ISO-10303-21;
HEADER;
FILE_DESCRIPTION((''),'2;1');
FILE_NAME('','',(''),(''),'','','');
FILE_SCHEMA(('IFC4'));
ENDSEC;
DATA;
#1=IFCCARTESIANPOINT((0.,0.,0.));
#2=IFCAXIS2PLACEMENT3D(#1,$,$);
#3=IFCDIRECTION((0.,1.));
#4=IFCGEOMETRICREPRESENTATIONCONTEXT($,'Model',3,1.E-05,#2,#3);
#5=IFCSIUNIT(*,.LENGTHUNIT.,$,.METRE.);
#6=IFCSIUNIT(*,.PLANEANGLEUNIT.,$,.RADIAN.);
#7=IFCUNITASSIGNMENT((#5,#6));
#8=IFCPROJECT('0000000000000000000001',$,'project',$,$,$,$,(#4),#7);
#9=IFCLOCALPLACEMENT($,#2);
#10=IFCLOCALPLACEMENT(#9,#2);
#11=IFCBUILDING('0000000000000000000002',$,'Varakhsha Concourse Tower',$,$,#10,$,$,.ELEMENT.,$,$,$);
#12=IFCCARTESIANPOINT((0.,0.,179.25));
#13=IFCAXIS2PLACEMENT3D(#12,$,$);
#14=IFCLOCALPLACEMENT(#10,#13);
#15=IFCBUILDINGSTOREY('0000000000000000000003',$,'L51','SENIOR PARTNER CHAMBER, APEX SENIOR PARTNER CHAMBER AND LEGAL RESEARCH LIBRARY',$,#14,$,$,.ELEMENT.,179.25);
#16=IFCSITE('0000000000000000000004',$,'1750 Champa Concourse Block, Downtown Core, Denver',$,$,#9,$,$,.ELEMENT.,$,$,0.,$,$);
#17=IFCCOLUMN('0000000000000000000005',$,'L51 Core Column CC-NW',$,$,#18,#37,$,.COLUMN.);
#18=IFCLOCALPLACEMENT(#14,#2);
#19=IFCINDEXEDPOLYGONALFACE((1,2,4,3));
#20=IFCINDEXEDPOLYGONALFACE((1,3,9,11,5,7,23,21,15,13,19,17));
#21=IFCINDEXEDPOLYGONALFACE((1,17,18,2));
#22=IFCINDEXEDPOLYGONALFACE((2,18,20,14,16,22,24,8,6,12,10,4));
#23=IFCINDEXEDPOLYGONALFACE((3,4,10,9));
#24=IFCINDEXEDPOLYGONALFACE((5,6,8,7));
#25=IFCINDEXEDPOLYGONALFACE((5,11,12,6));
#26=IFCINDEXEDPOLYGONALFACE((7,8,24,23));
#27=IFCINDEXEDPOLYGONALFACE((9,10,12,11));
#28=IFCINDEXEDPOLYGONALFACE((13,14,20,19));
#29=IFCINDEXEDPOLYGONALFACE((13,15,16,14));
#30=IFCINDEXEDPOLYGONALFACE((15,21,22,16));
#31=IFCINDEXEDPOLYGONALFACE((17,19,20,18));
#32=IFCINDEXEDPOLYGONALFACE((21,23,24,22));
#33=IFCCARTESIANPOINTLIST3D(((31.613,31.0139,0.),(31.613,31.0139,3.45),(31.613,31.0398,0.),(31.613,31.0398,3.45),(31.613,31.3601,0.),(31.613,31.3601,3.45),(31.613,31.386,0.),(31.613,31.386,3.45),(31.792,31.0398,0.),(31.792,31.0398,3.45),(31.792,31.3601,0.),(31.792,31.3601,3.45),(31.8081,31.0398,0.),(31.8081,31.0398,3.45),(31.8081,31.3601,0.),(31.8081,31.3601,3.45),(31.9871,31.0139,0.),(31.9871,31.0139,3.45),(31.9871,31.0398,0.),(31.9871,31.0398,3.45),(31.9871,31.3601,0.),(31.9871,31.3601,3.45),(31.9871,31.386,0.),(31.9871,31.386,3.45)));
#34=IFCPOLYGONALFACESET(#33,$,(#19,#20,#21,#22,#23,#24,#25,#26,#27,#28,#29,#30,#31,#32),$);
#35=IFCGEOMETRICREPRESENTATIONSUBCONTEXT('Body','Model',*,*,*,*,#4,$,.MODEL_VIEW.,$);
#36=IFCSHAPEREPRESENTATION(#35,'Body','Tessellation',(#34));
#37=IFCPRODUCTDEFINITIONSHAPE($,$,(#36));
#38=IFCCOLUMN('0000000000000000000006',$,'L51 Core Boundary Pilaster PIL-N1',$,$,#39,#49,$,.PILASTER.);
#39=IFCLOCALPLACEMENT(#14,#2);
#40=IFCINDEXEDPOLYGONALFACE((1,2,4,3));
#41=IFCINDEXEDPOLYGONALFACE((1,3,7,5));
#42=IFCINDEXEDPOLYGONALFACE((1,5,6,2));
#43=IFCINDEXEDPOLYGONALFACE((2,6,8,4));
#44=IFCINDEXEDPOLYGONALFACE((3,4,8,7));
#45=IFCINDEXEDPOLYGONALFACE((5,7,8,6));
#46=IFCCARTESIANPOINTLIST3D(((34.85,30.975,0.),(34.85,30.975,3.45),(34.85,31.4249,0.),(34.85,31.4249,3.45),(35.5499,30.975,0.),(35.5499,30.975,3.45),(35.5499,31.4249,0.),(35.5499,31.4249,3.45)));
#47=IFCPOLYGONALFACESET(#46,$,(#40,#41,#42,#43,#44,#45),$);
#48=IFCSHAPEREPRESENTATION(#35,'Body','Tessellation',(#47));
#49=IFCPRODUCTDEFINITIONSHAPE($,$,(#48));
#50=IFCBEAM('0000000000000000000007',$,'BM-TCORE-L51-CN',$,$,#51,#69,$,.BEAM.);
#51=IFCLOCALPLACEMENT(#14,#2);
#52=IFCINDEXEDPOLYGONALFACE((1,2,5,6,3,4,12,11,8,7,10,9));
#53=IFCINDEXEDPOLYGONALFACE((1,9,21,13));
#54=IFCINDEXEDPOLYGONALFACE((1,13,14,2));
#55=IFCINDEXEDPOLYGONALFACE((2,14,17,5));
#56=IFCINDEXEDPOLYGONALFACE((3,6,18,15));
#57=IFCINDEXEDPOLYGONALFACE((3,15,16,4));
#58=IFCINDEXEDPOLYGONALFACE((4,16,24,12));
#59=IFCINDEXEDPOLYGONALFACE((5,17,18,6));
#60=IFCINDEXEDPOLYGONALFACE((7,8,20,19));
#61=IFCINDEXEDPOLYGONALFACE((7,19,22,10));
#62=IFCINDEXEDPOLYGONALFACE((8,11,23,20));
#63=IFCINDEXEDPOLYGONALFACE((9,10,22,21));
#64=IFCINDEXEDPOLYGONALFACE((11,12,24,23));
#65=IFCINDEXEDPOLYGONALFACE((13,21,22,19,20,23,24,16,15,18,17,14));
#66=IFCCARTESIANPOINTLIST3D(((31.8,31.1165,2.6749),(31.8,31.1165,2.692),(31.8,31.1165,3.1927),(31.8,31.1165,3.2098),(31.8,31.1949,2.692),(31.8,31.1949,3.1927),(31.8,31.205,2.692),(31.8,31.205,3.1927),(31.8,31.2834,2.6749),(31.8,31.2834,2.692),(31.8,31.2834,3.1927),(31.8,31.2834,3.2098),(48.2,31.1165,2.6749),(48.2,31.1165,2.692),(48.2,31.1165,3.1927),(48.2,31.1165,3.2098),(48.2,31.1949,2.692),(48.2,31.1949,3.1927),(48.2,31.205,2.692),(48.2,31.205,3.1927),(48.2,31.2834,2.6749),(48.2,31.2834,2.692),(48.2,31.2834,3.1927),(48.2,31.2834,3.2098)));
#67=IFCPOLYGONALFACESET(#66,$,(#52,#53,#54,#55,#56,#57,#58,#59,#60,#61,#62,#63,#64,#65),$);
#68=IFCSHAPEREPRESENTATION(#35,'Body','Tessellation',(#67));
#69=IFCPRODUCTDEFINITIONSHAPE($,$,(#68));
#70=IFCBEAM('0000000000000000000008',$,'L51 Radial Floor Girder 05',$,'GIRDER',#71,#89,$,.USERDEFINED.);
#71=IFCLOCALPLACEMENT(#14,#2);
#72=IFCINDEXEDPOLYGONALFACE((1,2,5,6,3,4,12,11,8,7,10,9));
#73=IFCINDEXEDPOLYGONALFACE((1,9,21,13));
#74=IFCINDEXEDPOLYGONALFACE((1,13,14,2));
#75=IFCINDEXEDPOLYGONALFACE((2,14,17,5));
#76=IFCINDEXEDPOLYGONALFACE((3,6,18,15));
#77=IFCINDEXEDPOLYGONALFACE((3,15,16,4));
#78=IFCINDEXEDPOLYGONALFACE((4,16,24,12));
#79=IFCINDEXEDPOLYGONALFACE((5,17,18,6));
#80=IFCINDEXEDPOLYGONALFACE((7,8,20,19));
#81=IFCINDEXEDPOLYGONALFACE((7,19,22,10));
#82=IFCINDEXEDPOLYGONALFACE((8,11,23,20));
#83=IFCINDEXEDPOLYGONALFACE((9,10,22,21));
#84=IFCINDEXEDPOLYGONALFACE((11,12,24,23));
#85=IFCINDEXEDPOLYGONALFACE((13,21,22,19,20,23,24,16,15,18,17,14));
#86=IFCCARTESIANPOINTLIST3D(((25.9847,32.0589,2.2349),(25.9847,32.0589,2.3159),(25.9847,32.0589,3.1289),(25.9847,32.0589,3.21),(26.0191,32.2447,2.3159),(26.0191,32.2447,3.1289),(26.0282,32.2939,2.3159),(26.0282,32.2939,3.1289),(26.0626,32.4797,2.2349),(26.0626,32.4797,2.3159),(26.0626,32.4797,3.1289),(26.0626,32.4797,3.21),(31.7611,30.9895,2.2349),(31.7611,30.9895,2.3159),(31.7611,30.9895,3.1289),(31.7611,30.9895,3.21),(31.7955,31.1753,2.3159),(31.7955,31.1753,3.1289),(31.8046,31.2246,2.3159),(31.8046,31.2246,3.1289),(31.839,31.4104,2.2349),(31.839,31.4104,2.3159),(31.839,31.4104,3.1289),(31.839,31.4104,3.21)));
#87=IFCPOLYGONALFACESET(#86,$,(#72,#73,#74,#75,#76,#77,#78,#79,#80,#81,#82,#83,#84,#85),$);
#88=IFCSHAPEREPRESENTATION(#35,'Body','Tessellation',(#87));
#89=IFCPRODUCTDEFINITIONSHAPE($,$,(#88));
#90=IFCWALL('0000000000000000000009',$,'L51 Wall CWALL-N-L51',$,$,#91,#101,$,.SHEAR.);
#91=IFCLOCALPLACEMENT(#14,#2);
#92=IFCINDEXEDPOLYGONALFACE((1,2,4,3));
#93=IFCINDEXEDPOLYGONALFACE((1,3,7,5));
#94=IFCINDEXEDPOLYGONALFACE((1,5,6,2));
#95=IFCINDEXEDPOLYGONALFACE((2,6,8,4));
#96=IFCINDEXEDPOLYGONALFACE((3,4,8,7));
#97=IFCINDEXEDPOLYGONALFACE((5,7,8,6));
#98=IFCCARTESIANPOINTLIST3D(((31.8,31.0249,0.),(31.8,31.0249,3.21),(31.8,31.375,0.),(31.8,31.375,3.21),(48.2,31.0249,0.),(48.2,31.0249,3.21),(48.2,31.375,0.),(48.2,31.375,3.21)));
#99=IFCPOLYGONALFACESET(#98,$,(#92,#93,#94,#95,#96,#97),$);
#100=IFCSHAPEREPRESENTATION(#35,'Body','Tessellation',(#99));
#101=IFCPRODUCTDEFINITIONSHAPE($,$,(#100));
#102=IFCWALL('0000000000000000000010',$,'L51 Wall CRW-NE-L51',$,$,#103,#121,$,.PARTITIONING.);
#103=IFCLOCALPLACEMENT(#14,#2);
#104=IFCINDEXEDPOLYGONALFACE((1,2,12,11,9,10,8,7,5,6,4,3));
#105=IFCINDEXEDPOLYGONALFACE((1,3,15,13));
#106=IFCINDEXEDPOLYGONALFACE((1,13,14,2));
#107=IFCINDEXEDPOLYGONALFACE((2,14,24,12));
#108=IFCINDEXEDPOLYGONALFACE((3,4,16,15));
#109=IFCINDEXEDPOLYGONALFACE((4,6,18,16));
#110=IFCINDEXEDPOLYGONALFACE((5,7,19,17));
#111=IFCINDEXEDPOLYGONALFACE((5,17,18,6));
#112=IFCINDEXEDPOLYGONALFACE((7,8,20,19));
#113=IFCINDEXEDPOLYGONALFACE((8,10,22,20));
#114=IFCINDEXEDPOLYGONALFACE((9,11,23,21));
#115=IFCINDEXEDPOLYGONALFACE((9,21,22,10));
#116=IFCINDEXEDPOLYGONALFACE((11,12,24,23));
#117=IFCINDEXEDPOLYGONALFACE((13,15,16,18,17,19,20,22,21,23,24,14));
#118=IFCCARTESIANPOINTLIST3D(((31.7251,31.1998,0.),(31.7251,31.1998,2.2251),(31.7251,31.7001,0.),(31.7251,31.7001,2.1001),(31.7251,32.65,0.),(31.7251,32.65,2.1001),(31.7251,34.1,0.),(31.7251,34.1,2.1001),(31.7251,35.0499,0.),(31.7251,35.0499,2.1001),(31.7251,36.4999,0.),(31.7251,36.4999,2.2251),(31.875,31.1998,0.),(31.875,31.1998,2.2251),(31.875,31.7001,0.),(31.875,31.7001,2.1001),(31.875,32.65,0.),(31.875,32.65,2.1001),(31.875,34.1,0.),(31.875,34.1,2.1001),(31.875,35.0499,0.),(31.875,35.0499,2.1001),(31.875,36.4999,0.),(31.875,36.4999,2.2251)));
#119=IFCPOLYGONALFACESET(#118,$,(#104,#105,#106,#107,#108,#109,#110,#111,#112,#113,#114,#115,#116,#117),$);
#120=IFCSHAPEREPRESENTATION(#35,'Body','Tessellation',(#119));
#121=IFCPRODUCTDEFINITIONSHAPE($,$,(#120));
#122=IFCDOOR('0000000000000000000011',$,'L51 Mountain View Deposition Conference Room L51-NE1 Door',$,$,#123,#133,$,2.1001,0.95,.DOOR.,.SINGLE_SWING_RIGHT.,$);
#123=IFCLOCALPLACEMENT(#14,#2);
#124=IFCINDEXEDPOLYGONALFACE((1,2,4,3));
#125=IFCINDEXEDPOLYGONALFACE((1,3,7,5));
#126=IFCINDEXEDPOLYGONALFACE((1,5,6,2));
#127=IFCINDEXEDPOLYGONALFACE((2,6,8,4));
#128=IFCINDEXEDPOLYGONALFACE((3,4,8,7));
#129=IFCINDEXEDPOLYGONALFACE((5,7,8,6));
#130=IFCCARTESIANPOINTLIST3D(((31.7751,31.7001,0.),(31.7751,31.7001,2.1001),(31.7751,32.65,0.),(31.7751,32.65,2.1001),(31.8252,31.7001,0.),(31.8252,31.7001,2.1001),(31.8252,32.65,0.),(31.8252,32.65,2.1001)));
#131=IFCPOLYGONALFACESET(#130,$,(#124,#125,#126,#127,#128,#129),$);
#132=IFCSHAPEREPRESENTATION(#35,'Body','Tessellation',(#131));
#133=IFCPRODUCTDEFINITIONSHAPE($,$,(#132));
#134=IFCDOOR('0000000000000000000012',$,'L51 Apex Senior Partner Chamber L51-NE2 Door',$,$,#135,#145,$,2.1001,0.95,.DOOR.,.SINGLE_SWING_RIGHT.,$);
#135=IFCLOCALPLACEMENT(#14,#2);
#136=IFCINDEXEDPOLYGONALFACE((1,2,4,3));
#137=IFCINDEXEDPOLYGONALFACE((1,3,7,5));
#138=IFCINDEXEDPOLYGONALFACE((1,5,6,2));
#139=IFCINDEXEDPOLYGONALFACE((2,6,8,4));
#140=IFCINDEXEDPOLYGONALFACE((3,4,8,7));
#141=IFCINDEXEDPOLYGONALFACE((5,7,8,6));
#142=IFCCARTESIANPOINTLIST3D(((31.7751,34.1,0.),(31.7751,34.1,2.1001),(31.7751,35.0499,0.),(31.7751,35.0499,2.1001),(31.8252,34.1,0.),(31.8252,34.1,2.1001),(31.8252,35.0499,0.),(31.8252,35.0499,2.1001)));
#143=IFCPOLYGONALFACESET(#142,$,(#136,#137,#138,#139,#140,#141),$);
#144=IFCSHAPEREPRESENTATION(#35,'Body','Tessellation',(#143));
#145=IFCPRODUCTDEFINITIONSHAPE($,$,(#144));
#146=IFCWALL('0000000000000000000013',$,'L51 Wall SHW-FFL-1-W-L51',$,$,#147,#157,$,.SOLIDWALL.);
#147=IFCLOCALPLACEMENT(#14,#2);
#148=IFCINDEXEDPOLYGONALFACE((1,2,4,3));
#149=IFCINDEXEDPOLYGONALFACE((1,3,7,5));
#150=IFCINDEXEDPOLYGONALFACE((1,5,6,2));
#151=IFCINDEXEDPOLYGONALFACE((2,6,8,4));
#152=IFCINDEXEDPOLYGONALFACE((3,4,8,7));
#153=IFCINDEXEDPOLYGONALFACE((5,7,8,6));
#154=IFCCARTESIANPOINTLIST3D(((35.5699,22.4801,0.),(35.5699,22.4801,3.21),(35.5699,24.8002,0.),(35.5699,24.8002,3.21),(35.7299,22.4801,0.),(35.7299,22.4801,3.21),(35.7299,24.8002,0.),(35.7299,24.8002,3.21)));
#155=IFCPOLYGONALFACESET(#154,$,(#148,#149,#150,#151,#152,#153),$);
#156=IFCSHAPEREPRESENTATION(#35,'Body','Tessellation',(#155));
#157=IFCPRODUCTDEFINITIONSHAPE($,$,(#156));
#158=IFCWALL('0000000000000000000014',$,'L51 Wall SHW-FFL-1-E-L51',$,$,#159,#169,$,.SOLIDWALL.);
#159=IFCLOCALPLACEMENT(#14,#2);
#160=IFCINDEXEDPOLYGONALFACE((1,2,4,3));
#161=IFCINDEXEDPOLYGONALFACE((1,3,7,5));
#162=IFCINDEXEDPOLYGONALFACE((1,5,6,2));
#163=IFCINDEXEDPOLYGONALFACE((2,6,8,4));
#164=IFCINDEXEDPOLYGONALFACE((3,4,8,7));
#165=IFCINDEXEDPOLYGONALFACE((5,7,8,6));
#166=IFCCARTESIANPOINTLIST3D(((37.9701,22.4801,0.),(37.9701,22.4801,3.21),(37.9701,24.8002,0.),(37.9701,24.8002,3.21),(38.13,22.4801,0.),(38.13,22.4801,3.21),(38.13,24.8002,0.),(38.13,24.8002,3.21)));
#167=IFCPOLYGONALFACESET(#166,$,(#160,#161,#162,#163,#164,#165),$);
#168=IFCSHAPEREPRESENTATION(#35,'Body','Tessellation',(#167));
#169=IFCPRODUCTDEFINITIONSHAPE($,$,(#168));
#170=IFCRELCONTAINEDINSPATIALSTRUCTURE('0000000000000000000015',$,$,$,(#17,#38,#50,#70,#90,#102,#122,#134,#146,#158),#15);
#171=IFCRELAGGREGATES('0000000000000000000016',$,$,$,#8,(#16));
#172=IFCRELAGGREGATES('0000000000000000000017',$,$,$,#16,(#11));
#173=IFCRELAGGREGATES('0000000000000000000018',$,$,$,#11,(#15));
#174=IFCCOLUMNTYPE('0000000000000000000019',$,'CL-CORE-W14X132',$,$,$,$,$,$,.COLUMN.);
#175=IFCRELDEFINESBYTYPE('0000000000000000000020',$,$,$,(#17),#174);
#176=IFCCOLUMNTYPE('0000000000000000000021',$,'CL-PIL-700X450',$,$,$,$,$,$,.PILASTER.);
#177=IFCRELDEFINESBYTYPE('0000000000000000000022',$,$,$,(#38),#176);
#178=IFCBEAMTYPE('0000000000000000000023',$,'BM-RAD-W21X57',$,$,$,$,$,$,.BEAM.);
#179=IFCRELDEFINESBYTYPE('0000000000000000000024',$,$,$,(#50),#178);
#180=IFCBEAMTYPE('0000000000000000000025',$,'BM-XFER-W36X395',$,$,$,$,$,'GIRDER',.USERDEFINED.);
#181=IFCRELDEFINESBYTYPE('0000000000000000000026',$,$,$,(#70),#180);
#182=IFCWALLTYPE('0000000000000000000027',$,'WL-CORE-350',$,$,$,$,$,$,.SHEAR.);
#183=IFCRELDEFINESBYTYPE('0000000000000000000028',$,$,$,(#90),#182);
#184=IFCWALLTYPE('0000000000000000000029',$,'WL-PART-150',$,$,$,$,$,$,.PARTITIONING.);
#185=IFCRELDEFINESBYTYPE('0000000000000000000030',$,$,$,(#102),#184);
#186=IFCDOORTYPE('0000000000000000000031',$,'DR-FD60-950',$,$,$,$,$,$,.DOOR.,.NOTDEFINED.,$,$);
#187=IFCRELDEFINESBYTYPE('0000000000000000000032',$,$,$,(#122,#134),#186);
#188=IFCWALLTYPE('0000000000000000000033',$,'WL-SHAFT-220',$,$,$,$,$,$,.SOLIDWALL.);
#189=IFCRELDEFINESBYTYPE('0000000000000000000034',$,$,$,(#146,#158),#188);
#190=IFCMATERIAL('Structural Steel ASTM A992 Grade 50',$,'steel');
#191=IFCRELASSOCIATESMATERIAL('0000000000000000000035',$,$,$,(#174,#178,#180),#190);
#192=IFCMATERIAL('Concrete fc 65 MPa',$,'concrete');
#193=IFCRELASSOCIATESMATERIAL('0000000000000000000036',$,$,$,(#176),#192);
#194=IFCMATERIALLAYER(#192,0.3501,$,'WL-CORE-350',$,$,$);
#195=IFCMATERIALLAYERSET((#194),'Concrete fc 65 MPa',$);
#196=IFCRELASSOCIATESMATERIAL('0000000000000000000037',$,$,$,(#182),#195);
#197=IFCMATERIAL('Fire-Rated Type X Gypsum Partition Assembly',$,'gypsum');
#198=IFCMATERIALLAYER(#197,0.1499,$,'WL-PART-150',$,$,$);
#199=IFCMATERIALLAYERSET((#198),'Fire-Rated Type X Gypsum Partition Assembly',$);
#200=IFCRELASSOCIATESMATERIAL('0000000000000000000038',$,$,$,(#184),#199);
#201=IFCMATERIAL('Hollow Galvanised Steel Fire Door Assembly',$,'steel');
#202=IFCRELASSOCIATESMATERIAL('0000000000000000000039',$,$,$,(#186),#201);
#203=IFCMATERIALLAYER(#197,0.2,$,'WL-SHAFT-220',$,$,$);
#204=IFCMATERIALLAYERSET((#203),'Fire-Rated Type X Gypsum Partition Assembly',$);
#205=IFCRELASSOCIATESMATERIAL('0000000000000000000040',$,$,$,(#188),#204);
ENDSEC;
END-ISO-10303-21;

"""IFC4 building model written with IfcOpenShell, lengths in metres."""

from ifc_helpers import new_model, si_unit, direction, frame, frame_2d, origin, origin_2d, place, context, subcontext, project, spatial, rectangle, i_section, extrude, material, layer, layer_set, material_profile, profile_set, type_object, element, fill, save


model = new_model("IFC4")

# Units and contexts
model_context = context("Model", 3, precision=1e-05, world=origin(), true_north=direction((0.0, 1.0)))
body_context = subcontext(model_context, "Body", "Model", "MODEL_VIEW")
ifc_project = project(units=[si_unit("LENGTHUNIT", "METRE"), si_unit("PLANEANGLEUNIT", "RADIAN")], contexts=[model_context])

# Site, building, storey
site_placement = place(None, origin())
site = spatial("IfcSite", under=ifc_project, at=site_placement, Name="1750 Champa Concourse Block, Downtown Core, Denver", CompositionType="ELEMENT", RefElevation=0.0)
building_placement = place(site_placement, origin())
building = spatial("IfcBuilding", under=site, at=building_placement, Name="Varakhsha Concourse Tower", CompositionType="ELEMENT")
storey_placement = place(building_placement, frame((0.0, 0.0, 179.25)))
storey = spatial("IfcBuildingStorey", under=building, at=storey_placement, Name="L51", Description="SENIOR PARTNER CHAMBER, APEX SENIOR PARTNER CHAMBER AND LEGAL RESEARCH LIBRARY", CompositionType="ELEMENT", Elevation=179.25)

# Columns
ifc_material_1 = material(Name="Structural Steel ASTM A992 Grade 50", Category="steel")
ifc_material_profile_1 = material_profile(ifc_material_1, i_section(OverallWidth=0.374, OverallDepth=0.3721, WebThickness=0.0161, FlangeThickness=0.0259, at=origin_2d()), Name="W14X132")
ifc_profile_set_1 = profile_set([ifc_material_profile_1], Name="Structural Steel ASTM A992 Grade 50")
column_type_1 = type_object("IfcColumnType", Name="CL-CORE-W14X132", PredefinedType="COLUMN", material=ifc_profile_set_1)
column_1_placement = place(storey_placement, frame((31.8, 31.2, 0.0), z_axis=(0.0, 0.0, 1.0), x_axis=(1.0, 0.0, 0.0)))
element("IfcColumn", 1, at=column_1_placement, inside=storey, type_object=column_type_1, Name="L51 Core Column CC-NW", PredefinedType="COLUMN", context=body_context, shape_type="SweptSolid", body=[
    extrude(i_section(OverallWidth=0.374, OverallDepth=0.3721, WebThickness=0.0161, FlangeThickness=0.0259, at=origin_2d()), origin(), (0.0, 0.0, 1.0), 3.45),
])
ifc_material_2 = material(Name="Concrete fc 65 MPa", Category="concrete")
ifc_material_profile_2 = material_profile(ifc_material_2, rectangle(XDim=0.7, YDim=0.45, at=origin_2d()), Name="RC 700x450")
ifc_profile_set_2 = profile_set([ifc_material_profile_2], Name="Concrete fc 65 MPa")
column_type_2 = type_object("IfcColumnType", Name="CL-PIL-700X450", PredefinedType="PILASTER", material=ifc_profile_set_2)
column_2_placement = place(storey_placement, frame((35.2, 31.2, 0.0), z_axis=(0.0, 0.0, 1.0), x_axis=(1.0, 0.0, 0.0)))
element("IfcColumn", 2, at=column_2_placement, inside=storey, type_object=column_type_2, Name="L51 Core Boundary Pilaster PIL-N1", PredefinedType="PILASTER", context=body_context, shape_type="SweptSolid", body=[
    extrude(rectangle(XDim=0.7, YDim=0.45, at=origin_2d()), origin(), (0.0, 0.0, 1.0), 3.45),
])

# Beams
ifc_material_profile_3 = material_profile(ifc_material_1, i_section(OverallWidth=0.167, OverallDepth=0.5349, WebThickness=0.01, FlangeThickness=0.0171, at=origin_2d()), Name="W21X57")
ifc_profile_set_3 = profile_set([ifc_material_profile_3], Name="Structural Steel ASTM A992 Grade 50")
beam_type_1 = type_object("IfcBeamType", Name="BM-RAD-W21X57", PredefinedType="BEAM", material=ifc_profile_set_3)
beam_1_placement = place(storey_placement, frame((31.8, 31.2, 2.9424), z_axis=(1.0, 0.0, 0.0), x_axis=(0.0, 1.0, 0.0)))
element("IfcBeam", 3, at=beam_1_placement, inside=storey, type_object=beam_type_1, Name="BM-TCORE-L51-CN", PredefinedType="BEAM", context=body_context, shape_type="SweptSolid", body=[
    extrude(i_section(OverallWidth=0.167, OverallDepth=0.5349, WebThickness=0.01, FlangeThickness=0.0171, at=origin_2d()), origin(), (0.0, 0.0, 1.0), 16.3999),
])
ifc_material_profile_4 = material_profile(ifc_material_1, i_section(OverallWidth=0.428, OverallDepth=0.9751, WebThickness=0.05, FlangeThickness=0.0811, at=origin_2d()), Name="W36X395")
ifc_profile_set_4 = profile_set([ifc_material_profile_4], Name="Structural Steel ASTM A992 Grade 50")
beam_type_2 = type_object("IfcBeamType", Name="BM-XFER-W36X395", ElementType="GIRDER", PredefinedType="USERDEFINED", material=ifc_profile_set_4)
beam_2_placement = place(storey_placement, frame((31.8, 31.2, 2.7224), z_axis=(-0.983293, 0.18203, 0.0), x_axis=(-0.18203, -0.983293, 0.0)))
element("IfcBeam", 4, at=beam_2_placement, inside=storey, type_object=beam_type_2, Name="L51 Radial Floor Girder 05", ObjectType="GIRDER", PredefinedType="USERDEFINED", context=body_context, shape_type="SweptSolid", body=[
    extrude(i_section(OverallWidth=0.428, OverallDepth=0.9751, WebThickness=0.05, FlangeThickness=0.0811, at=origin_2d()), origin(), (0.0, 0.0, 1.0), 5.8745),
])

# Wall
ifc_layer_1 = layer(ifc_material_2, 0.3501, Name="WL-CORE-350")
ifc_layer_set_1 = layer_set([ifc_layer_1], Name="Concrete fc 65 MPa")
wall_type_1 = type_object("IfcWallType", Name="WL-CORE-350", PredefinedType="SHEAR", material=ifc_layer_set_1)
wall_1_placement = place(storey_placement, frame((31.8, 31.2, 0.0), z_axis=(0.0, 0.0, 1.0), x_axis=(1.0, 0.0, 0.0)))
element("IfcWall", 5, at=wall_1_placement, inside=storey, type_object=wall_type_1, Name="L51 Wall CWALL-N-L51", PredefinedType="SHEAR", context=body_context, shape_type="SweptSolid", body=[
    extrude(rectangle(XDim=16.3999, YDim=0.3501, at=frame_2d((8.2, 0.0))), origin(), (0.0, 0.0, 1.0), 3.21),
])

# Wall, openings, doors
ifc_material_3 = material(Name="Fire-Rated Type X Gypsum Partition Assembly", Category="gypsum")
ifc_layer_2 = layer(ifc_material_3, 0.1499, Name="WL-PART-150")
ifc_layer_set_2 = layer_set([ifc_layer_2], Name="Fire-Rated Type X Gypsum Partition Assembly")
wall_type_2 = type_object("IfcWallType", Name="WL-PART-150", PredefinedType="PARTITIONING", material=ifc_layer_set_2)
wall_2_placement = place(storey_placement, frame((31.8, 31.2, 0.0), z_axis=(0.0, 0.0, 1.0), x_axis=(0.0, 1.0, 0.0)))
wall_2 = element("IfcWall", 6, at=wall_2_placement, inside=storey, type_object=wall_type_2, Name="L51 Wall CRW-NE-L51", PredefinedType="PARTITIONING", context=body_context, shape_type="SweptSolid", body=[
    extrude(rectangle(XDim=5.3, YDim=0.1499, at=frame_2d((2.6499, 0.0))), origin(), (0.0, 0.0, 1.0), 2.2251),
])
opening_1_placement = place(wall_2_placement, frame((0.5, 0.0, 0.0)))
opening_1 = element("IfcOpeningElement", 7, at=opening_1_placement, cuts=wall_2, PredefinedType="OPENING", context=body_context, shape_type="SweptSolid", body=[
    extrude(rectangle(XDim=0.95, YDim=2.1001, at=frame_2d((0.4751, 1.05))), frame((0.0, 0.085, 0.0), z_axis=(0.0, -1.0, 0.0), x_axis=(1.0, 0.0, 0.0)), (0.0, 0.0, 1.0), 0.1699),
])
opening_2_placement = place(wall_2_placement, frame((2.8999, 0.0, 0.0)))
opening_2 = element("IfcOpeningElement", 8, at=opening_2_placement, cuts=wall_2, PredefinedType="OPENING", context=body_context, shape_type="SweptSolid", body=[
    extrude(rectangle(XDim=0.95, YDim=2.1001, at=frame_2d((0.4751, 1.05))), frame((0.0, 0.085, 0.0), z_axis=(0.0, -1.0, 0.0), x_axis=(1.0, 0.0, 0.0)), (0.0, 0.0, 1.0), 0.1699),
])
ifc_material_4 = material(Name="Hollow Galvanised Steel Fire Door Assembly", Category="steel")
door_type_1 = type_object("IfcDoorType", Name="DR-FD60-950", OperationType="NOTDEFINED", PredefinedType="DOOR", material=ifc_material_4)
door_1_placement = place(opening_1_placement, origin())
door_1 = element("IfcDoor", 9, at=door_1_placement, inside=storey, type_object=door_type_1, Name="L51 Mountain View Deposition Conference Room L51-NE1 Door", OperationType="SINGLE_SWING_RIGHT", OverallHeight=2.1001, OverallWidth=0.95, PredefinedType="DOOR", context=body_context, shape_type="SweptSolid", body=[
    extrude(rectangle(XDim=0.95, YDim=2.1001, at=frame_2d((0.4751, 1.05))), frame((0.0, 0.0249, 0.0), z_axis=(0.0, -1.0, 0.0), x_axis=(1.0, 0.0, 0.0)), (0.0, 0.0, 1.0), 0.05),
])
fill(opening_1, door_1)
door_2_placement = place(opening_2_placement, origin())
door_2 = element("IfcDoor", 10, at=door_2_placement, inside=storey, type_object=door_type_1, Name="L51 Apex Senior Partner Chamber L51-NE2 Door", OperationType="SINGLE_SWING_RIGHT", OverallHeight=2.1001, OverallWidth=0.95, PredefinedType="DOOR", context=body_context, shape_type="SweptSolid", body=[
    extrude(rectangle(XDim=0.95, YDim=2.1001, at=frame_2d((0.4751, 1.05))), frame((0.0, 0.0249, 0.0), z_axis=(0.0, -1.0, 0.0), x_axis=(1.0, 0.0, 0.0)), (0.0, 0.0, 1.0), 0.05),
])
fill(opening_2, door_2)
ifc_layer_3 = layer(ifc_material_3, 0.2, Name="WL-SHAFT-220")
ifc_layer_set_3 = layer_set([ifc_layer_3], Name="Fire-Rated Type X Gypsum Partition Assembly")
wall_type_3 = type_object("IfcWallType", Name="WL-SHAFT-220", PredefinedType="SOLIDWALL", material=ifc_layer_set_3)

# Walls
for number, where, z_axis, x_axis, name in (
    (11, (35.6499, 22.48, 0.0), (0.0, 0.0, 1.0), (0.0, 1.0, 0.0), "L51 Wall SHW-FFL-1-W-L51"),
    (12, (38.05, 22.48, 0.0), (0.0, 0.0, 1.0), (0.0, 1.0, 0.0), "L51 Wall SHW-FFL-1-E-L51"),
):
    element("IfcWall", number, at=place(storey_placement, frame(where, z_axis=z_axis, x_axis=x_axis)), inside=storey, type_object=wall_type_3, Name=name, PredefinedType="SOLIDWALL", context=body_context, shape_type="SweptSolid", body=[
        extrude(rectangle(XDim=2.3201, YDim=0.1599, at=frame_2d((1.1602, 0.0))), origin(), (0.0, 0.0, 1.0), 3.21),
    ])

save(model, "model.ifc")
